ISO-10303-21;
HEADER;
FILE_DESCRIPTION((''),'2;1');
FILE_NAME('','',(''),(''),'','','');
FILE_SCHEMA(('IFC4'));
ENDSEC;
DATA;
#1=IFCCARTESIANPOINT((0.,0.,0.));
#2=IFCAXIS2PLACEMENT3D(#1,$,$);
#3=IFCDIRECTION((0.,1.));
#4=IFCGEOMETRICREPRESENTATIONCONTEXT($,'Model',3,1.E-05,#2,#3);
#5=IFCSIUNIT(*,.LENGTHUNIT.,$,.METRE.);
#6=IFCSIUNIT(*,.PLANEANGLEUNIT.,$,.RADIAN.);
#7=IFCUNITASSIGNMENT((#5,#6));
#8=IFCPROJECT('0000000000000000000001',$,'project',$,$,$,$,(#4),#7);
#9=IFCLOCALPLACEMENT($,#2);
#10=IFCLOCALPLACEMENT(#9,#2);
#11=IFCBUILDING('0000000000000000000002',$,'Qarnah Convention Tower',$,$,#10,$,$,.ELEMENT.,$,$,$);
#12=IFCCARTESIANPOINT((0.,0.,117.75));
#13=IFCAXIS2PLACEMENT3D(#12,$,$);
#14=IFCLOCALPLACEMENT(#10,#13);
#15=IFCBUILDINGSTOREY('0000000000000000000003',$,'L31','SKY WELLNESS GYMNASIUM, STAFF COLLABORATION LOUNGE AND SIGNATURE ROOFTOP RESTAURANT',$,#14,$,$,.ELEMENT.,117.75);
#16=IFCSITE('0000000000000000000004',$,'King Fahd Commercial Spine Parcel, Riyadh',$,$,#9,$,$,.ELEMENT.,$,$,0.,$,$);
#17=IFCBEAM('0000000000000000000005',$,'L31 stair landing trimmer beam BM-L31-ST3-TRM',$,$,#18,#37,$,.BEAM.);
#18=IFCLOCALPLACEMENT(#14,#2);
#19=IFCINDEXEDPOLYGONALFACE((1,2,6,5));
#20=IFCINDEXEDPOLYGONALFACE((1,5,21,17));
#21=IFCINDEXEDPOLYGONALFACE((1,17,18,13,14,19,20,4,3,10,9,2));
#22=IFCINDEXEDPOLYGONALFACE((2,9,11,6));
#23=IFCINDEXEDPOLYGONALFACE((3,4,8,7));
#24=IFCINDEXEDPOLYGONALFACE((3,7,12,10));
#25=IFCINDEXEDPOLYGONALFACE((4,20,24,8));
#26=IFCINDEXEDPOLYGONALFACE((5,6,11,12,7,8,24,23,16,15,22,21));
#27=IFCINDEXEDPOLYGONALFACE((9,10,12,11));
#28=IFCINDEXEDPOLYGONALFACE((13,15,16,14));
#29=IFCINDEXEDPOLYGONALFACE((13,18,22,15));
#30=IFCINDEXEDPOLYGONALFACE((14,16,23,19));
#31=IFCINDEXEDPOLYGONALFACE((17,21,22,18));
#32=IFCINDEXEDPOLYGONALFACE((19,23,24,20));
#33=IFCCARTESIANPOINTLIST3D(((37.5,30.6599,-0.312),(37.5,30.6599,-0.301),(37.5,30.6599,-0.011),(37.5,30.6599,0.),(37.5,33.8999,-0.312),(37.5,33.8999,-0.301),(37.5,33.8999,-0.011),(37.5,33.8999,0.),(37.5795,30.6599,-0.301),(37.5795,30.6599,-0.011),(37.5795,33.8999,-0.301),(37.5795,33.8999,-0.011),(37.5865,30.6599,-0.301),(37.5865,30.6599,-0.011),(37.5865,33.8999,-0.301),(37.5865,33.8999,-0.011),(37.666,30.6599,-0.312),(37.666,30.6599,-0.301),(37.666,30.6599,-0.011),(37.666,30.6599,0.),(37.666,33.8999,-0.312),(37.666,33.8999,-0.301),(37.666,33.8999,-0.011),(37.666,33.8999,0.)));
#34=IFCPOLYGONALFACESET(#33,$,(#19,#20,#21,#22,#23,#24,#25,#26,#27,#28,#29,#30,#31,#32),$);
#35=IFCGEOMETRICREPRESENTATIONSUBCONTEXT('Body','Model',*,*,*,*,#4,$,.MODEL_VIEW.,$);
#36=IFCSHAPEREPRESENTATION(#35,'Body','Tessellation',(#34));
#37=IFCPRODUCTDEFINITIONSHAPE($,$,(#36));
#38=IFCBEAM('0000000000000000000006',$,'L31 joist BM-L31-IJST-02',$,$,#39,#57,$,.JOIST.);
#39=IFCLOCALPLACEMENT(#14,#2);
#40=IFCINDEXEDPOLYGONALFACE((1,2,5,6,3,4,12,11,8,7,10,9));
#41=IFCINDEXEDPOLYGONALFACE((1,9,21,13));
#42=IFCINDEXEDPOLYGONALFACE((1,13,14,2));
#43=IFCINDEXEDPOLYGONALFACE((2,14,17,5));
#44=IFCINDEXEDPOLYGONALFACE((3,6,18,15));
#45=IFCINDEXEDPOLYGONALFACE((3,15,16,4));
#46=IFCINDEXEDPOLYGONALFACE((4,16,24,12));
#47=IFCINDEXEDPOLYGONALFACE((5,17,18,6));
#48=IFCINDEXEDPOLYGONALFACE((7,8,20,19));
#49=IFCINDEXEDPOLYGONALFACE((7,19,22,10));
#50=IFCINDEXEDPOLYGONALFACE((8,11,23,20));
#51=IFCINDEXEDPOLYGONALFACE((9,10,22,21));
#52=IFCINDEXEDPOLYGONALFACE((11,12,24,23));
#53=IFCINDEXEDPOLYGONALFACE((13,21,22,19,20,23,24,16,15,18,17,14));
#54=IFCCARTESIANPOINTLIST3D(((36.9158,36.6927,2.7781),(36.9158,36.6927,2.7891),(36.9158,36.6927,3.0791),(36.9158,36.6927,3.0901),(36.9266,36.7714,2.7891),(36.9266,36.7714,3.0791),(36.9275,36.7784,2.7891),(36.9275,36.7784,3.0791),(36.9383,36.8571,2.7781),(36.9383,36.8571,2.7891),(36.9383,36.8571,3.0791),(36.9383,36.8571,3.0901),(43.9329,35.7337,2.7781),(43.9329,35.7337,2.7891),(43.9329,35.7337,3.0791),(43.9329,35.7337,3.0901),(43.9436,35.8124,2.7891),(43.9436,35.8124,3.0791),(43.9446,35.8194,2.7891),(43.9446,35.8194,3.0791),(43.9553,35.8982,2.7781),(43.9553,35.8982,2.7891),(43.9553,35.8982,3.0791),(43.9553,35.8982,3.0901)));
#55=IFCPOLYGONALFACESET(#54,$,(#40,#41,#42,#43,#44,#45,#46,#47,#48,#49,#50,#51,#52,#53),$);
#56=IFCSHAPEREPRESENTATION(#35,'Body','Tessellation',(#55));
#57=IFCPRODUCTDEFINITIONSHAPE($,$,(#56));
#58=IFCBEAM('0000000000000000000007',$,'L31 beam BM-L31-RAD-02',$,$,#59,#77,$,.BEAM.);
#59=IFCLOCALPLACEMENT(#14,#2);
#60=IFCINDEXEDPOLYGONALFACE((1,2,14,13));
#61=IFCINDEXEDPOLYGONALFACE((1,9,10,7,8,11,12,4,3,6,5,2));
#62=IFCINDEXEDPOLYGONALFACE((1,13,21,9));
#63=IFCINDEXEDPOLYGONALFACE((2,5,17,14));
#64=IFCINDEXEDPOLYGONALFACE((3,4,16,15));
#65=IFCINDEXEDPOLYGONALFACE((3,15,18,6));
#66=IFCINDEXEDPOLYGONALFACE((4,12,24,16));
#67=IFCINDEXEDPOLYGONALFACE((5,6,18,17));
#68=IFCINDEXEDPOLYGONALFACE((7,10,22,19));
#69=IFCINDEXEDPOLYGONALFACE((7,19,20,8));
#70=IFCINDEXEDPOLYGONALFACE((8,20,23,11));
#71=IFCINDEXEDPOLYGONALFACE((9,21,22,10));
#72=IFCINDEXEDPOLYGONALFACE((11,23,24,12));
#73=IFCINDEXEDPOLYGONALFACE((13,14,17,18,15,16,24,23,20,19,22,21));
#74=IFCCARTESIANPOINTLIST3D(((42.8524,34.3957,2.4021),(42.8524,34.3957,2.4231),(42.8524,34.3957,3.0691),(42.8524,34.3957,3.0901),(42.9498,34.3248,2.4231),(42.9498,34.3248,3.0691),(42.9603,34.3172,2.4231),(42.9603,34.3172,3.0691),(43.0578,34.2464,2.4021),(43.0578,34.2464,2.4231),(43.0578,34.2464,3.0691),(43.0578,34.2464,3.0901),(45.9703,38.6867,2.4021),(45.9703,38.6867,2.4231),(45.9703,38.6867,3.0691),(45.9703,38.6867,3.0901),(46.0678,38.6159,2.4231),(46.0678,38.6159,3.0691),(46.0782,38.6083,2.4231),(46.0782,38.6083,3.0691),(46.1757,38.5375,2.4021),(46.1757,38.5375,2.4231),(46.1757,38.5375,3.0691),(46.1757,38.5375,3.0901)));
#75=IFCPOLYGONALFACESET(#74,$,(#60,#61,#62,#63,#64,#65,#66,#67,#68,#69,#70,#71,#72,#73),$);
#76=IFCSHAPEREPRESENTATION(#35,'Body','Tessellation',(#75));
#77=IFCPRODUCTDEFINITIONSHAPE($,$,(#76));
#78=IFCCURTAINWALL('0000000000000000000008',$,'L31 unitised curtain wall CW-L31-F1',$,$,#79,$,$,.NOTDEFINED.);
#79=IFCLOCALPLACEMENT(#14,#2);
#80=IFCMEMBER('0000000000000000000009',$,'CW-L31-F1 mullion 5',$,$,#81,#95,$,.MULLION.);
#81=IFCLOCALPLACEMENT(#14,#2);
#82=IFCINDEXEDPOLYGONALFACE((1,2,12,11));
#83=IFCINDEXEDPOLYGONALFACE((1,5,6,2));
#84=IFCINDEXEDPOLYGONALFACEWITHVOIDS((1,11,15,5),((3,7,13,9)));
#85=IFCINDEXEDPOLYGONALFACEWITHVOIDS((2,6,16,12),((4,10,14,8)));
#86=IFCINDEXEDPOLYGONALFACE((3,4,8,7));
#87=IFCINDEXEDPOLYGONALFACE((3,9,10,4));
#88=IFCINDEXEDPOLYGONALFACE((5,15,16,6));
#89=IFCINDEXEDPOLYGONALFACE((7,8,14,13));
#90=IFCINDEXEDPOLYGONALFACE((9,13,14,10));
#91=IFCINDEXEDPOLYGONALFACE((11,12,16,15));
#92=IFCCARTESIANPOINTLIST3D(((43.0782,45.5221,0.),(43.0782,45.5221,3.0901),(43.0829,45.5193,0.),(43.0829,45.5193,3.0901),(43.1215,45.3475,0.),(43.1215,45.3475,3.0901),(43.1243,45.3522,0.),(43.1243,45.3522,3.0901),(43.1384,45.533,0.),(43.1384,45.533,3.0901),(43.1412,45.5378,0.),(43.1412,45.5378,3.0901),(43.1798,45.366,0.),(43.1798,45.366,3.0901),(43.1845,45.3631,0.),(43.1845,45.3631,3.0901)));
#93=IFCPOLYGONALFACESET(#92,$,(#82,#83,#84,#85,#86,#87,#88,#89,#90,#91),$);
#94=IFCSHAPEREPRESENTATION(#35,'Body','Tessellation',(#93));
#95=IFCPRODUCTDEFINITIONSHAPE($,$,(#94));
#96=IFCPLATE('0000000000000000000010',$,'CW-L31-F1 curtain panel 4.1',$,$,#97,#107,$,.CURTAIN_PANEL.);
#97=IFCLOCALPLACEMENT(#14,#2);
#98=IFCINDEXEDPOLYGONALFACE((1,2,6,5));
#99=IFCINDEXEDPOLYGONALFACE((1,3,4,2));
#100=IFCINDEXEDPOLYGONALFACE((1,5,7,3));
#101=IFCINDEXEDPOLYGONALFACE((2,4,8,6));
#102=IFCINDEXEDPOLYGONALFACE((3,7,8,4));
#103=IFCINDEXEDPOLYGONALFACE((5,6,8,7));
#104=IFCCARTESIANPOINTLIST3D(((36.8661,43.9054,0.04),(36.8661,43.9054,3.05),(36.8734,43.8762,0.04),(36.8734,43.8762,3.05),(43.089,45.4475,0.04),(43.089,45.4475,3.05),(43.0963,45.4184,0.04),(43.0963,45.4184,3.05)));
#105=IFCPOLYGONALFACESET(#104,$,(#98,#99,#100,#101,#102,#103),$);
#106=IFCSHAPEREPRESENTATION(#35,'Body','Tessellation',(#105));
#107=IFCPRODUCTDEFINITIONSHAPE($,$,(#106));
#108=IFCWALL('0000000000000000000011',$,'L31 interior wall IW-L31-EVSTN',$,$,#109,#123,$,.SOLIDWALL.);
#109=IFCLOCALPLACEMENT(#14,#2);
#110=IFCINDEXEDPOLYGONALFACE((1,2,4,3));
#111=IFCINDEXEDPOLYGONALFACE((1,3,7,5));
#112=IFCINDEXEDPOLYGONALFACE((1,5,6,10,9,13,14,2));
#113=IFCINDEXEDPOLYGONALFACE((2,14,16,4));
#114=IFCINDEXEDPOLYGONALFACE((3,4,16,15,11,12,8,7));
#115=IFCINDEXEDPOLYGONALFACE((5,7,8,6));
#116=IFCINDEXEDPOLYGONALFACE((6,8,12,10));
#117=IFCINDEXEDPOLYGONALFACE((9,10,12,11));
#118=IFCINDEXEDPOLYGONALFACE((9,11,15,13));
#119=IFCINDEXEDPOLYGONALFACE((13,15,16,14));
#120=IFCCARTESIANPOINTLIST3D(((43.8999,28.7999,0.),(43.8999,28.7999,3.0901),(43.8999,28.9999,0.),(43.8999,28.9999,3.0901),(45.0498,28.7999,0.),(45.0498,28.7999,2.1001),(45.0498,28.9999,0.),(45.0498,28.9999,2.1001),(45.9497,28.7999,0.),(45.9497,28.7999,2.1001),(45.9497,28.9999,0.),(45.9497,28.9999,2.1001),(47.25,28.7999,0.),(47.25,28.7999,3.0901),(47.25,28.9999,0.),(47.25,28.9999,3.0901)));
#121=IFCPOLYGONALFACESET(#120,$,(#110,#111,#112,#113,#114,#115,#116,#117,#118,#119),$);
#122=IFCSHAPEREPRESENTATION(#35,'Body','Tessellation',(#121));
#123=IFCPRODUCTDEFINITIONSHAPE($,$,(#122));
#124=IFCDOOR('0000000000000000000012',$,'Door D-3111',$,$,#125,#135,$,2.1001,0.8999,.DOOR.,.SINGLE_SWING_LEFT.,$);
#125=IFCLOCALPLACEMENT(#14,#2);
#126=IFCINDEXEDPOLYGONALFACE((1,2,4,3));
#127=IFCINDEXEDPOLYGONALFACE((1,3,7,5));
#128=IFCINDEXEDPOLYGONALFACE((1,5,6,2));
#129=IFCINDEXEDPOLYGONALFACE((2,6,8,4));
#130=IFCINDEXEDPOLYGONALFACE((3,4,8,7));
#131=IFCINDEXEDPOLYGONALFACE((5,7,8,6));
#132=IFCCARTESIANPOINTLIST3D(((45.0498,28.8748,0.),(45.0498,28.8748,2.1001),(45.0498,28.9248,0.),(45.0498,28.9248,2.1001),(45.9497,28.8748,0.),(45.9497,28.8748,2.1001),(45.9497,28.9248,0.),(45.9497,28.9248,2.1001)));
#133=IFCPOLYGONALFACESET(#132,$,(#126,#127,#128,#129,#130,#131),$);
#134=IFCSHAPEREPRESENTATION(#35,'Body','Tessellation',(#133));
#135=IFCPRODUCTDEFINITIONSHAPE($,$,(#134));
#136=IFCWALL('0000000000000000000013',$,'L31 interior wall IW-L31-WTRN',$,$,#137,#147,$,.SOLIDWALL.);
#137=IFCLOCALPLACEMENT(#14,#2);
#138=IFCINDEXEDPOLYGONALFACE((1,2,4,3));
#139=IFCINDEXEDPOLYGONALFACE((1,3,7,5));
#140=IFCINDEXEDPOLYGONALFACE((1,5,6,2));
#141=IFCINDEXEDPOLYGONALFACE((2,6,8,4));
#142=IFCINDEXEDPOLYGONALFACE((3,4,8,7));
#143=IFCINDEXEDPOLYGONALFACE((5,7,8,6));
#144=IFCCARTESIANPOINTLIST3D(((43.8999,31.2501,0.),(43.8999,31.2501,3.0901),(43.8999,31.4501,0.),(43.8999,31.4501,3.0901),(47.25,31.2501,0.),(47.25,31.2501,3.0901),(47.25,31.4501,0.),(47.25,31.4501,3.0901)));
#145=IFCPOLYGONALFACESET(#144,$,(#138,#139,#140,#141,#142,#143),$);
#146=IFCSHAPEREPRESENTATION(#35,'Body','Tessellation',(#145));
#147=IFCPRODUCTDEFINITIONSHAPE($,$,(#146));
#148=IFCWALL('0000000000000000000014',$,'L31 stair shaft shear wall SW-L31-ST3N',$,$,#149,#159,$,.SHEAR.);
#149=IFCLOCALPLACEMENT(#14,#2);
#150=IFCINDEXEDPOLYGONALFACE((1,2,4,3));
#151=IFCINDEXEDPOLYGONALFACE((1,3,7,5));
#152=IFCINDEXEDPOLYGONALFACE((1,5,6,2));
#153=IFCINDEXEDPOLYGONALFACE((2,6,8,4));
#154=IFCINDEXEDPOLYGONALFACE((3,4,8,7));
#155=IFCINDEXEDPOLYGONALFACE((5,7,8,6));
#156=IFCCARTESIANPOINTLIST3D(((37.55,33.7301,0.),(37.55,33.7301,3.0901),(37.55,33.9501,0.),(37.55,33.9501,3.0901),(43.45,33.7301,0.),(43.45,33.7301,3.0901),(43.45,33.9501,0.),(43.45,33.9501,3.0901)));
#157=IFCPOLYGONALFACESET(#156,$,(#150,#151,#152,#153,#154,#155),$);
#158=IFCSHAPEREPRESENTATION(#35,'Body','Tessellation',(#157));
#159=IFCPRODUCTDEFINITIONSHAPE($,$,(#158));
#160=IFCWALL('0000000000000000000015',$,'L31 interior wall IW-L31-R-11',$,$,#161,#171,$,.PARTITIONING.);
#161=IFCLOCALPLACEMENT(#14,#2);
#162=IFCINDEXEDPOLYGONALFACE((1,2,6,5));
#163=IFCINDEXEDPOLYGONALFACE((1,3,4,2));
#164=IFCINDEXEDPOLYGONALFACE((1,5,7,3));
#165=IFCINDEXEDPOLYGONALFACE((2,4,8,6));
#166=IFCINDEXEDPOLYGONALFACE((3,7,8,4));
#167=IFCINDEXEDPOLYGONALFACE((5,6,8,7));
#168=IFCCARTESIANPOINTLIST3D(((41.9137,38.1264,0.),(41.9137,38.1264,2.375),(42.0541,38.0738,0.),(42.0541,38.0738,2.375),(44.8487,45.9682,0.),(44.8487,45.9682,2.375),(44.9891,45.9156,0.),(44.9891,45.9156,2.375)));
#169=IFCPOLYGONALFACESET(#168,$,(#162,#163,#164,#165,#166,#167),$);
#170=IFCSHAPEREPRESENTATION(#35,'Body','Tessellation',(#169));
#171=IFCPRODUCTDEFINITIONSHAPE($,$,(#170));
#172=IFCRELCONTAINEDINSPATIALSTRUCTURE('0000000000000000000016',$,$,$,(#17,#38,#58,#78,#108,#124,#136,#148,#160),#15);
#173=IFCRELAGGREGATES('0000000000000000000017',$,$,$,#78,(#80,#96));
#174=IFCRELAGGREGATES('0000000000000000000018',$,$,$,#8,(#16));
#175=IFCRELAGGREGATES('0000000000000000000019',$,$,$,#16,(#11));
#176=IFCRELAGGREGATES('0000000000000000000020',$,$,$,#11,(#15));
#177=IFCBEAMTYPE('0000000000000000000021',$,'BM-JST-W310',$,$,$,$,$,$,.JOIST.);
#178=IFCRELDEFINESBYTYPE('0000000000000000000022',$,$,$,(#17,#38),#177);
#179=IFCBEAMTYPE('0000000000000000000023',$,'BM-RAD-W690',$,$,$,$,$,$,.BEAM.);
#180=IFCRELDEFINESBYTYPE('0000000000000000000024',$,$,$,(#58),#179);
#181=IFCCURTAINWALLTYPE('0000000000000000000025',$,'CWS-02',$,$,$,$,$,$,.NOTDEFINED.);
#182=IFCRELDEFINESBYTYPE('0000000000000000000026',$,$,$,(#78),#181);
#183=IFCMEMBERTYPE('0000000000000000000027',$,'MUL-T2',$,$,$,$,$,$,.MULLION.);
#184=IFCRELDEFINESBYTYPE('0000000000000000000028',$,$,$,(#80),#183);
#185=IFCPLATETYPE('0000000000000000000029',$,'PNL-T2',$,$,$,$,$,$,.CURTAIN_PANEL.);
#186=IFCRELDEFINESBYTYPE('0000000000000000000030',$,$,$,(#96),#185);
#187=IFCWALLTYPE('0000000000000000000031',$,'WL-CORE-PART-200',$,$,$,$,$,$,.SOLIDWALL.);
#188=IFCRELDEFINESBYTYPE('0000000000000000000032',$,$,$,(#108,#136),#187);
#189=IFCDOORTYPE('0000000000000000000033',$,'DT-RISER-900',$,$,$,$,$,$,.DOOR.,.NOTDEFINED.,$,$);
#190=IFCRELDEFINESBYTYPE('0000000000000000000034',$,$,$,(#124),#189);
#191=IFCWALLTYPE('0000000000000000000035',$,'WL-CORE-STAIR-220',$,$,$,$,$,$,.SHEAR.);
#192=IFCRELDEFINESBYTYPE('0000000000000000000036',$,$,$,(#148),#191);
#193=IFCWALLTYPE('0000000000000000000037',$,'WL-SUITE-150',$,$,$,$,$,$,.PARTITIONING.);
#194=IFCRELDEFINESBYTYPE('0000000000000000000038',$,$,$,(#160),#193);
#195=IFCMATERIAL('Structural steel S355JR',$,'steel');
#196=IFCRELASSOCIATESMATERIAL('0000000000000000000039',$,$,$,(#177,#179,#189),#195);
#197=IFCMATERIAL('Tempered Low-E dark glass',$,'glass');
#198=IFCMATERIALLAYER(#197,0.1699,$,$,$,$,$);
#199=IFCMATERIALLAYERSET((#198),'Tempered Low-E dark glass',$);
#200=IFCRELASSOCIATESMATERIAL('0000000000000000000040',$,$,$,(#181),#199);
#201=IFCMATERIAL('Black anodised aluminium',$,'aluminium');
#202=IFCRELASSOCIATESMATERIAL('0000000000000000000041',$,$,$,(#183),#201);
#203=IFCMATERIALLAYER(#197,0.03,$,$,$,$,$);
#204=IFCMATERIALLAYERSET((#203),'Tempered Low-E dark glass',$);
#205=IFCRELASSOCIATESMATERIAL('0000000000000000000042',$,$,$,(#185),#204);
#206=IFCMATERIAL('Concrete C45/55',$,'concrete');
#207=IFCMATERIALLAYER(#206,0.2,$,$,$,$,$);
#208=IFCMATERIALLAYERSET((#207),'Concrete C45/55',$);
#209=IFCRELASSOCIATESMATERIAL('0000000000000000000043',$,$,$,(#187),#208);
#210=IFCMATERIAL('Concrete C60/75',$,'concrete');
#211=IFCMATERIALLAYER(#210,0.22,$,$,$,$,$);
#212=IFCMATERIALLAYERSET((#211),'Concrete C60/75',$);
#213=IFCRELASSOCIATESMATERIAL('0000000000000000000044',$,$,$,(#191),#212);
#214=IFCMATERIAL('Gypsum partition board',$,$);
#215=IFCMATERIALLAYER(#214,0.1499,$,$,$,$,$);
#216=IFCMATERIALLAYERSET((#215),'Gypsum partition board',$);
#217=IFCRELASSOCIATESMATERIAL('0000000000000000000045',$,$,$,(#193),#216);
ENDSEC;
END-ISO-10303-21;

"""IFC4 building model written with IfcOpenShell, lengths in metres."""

from ifc_helpers import new_model, si_unit, direction, frame, frame_2d, origin, origin_2d, place, context, subcontext, project, spatial, rectangle, hollow_rectangle, i_section, extrude, material, layer, layer_set, material_profile, profile_set, type_object, element, fill, aggregate, save


model = new_model("IFC4")

# Units and contexts
model_context = context("Model", 3, precision=1e-05, world=origin(), true_north=direction((0.0, 1.0)))
body_context = subcontext(model_context, "Body", "Model", "MODEL_VIEW")
ifc_project = project(units=[si_unit("LENGTHUNIT", "METRE"), si_unit("PLANEANGLEUNIT", "RADIAN")], contexts=[model_context])

# Site, building, storey
site_placement = place(None, origin())
site = spatial("IfcSite", under=ifc_project, at=site_placement, Name="King Fahd Commercial Spine Parcel, Riyadh", CompositionType="ELEMENT", RefElevation=0.0)
building_placement = place(site_placement, origin())
building = spatial("IfcBuilding", under=site, at=building_placement, Name="Qarnah Convention Tower", CompositionType="ELEMENT")
storey_placement = place(building_placement, frame((0.0, 0.0, 117.75)))
storey = spatial("IfcBuildingStorey", under=building, at=storey_placement, Name="L31", Description="SKY WELLNESS GYMNASIUM, STAFF COLLABORATION LOUNGE AND SIGNATURE ROOFTOP RESTAURANT", CompositionType="ELEMENT", Elevation=117.75)

# Beams
ifc_material_1 = material(Name="Structural steel S355JR", Category="steel")
ifc_material_profile_1 = material_profile(ifc_material_1, i_section(OverallWidth=0.166, OverallDepth=0.312, WebThickness=0.0071, FlangeThickness=0.011, at=origin_2d()), Name="W310X45")
ifc_profile_set_1 = profile_set([ifc_material_profile_1], Name="Structural steel S355JR")
beam_type_1 = type_object("IfcBeamType", Name="BM-JST-W310", PredefinedType="JOIST", material=ifc_profile_set_1)
beam_1_placement = place(storey_placement, frame((37.583, 30.6599, -0.156), z_axis=(0.0, 1.0, 0.0), x_axis=(-1.0, 0.0, 0.0)))
element("IfcBeam", 1, at=beam_1_placement, inside=storey, type_object=beam_type_1, Name="L31 stair landing trimmer beam BM-L31-ST3-TRM", PredefinedType="BEAM", context=body_context, shape_type="SweptSolid", body=[
    extrude(i_section(OverallWidth=0.166, OverallDepth=0.312, WebThickness=0.0071, FlangeThickness=0.011, at=origin_2d()), origin(), (0.0, 0.0, 1.0), 3.24),
])
beam_2_placement = place(storey_placement, frame((43.9441, 35.8159, 2.9341), z_axis=(-0.99079, 0.135405, 0.0), x_axis=(-0.135405, -0.99079, 0.0)))
element("IfcBeam", 2, at=beam_2_placement, inside=storey, type_object=beam_type_1, Name="L31 joist BM-L31-IJST-02", PredefinedType="JOIST", context=body_context, shape_type="SweptSolid", body=[
    extrude(i_section(OverallWidth=0.166, OverallDepth=0.312, WebThickness=0.0071, FlangeThickness=0.011, at=origin_2d()), origin(), (0.0, 0.0, 1.0), 7.0823),
])
ifc_material_profile_2 = material_profile(ifc_material_1, i_section(OverallWidth=0.2539, OverallDepth=0.688, WebThickness=0.0129, FlangeThickness=0.021, at=origin_2d()), Name="W690X152")
ifc_profile_set_2 = profile_set([ifc_material_profile_2], Name="Structural steel S355JR")
beam_type_2 = type_object("IfcBeamType", Name="BM-RAD-W690", PredefinedType="BEAM", material=ifc_profile_set_2)
beam_3_placement = place(storey_placement, frame((42.9551, 34.321, 2.7461), z_axis=(0.587824, 0.808989, 0.0), x_axis=(-0.808989, 0.587824, 0.0)))
element("IfcBeam", 3, at=beam_3_placement, inside=storey, type_object=beam_type_2, Name="L31 beam BM-L31-RAD-02", PredefinedType="BEAM", context=body_context, shape_type="SweptSolid", body=[
    extrude(i_section(OverallWidth=0.2539, OverallDepth=0.688, WebThickness=0.0129, FlangeThickness=0.021, at=origin_2d()), origin(), (0.0, 0.0, 1.0), 5.3042),
])

# Curtain wall, member, plate
ifc_material_2 = material(Name="Tempered Low-E dark glass", Category="glass")
ifc_layer_1 = layer(ifc_material_2, 0.1699)
ifc_layer_set_1 = layer_set([ifc_layer_1], Name="Tempered Low-E dark glass")
curtain_wall_type = type_object("IfcCurtainWallType", Name="CWS-02", PredefinedType="NOTDEFINED", material=ifc_layer_set_1)
curtain_wall_placement = place(storey_placement, origin())
curtain_wall = element("IfcCurtainWall", 4, at=curtain_wall_placement, inside=storey, type_object=curtain_wall_type, Name="L31 unitised curtain wall CW-L31-F1", PredefinedType="NOTDEFINED")
ifc_material_3 = material(Name="Black anodised aluminium", Category="aluminium")
ifc_material_profile_3 = material_profile(ifc_material_3, hollow_rectangle(XDim=0.0649, YDim=0.1799, WallThickness=0.0039, at=origin_2d()), Name="MUL-65X180")
ifc_profile_set_3 = profile_set([ifc_material_profile_3], Name="Black anodised aluminium")
member_type = type_object("IfcMemberType", Name="MUL-T2", PredefinedType="MULLION", material=ifc_profile_set_3)
member_placement = place(storey_placement, frame((43.1313, 45.4426, 0.0), z_axis=(0.0, 0.0, 1.0), x_axis=(0.970639, 0.240541, 0.0)))
member = element("IfcMember", 5, at=member_placement, type_object=member_type, Name="CW-L31-F1 mullion 5", PredefinedType="MULLION", context=body_context, shape_type="SweptSolid", body=[
    extrude(hollow_rectangle(XDim=0.0649, YDim=0.1799, WallThickness=0.0039, at=origin_2d()), origin(), (0.0, 0.0, 1.0), 3.0901),
])
ifc_layer_2 = layer(ifc_material_2, 0.03)
ifc_layer_set_2 = layer_set([ifc_layer_2], Name="Tempered Low-E dark glass")
plate_type = type_object("IfcPlateType", Name="PNL-T2", PredefinedType="CURTAIN_PANEL", material=ifc_layer_set_2)
plate_placement = place(storey_placement, frame((39.9812, 44.6619, 0.04), z_axis=(0.0, 0.0, 1.0), x_axis=(0.970639, 0.240541, 0.0)))
plate = element("IfcPlate", 6, at=plate_placement, type_object=plate_type, Name="CW-L31-F1 curtain panel 4.1", PredefinedType="CURTAIN_PANEL", context=body_context, shape_type="SweptSolid", body=[
    extrude(rectangle(XDim=6.4111, YDim=0.03, at=origin_2d()), origin(), (0.0, 0.0, 1.0), 3.01),
])
aggregate(curtain_wall, [member, plate])

# Wall, opening, door
ifc_material_4 = material(Name="Concrete C45/55", Category="concrete")
ifc_layer_3 = layer(ifc_material_4, 0.2)
ifc_layer_set_3 = layer_set([ifc_layer_3], Name="Concrete C45/55")
wall_type_1 = type_object("IfcWallType", Name="WL-CORE-PART-200", PredefinedType="SOLIDWALL", material=ifc_layer_set_3)
wall_1_placement = place(storey_placement, frame((43.8999, 28.8999, 0.0), z_axis=(0.0, 0.0, 1.0), x_axis=(1.0, 0.0, 0.0)))
wall_1 = element("IfcWall", 7, at=wall_1_placement, inside=storey, type_object=wall_type_1, Name="L31 interior wall IW-L31-EVSTN", PredefinedType="SOLIDWALL", context=body_context, shape_type="SweptSolid", body=[
    extrude(rectangle(XDim=3.3501, YDim=0.2, at=frame_2d((1.675, 0.0))), origin(), (0.0, 0.0, 1.0), 3.0901),
])
opening_1_placement = place(wall_1_placement, frame((1.1499, 0.0, 0.0)))
opening_1 = element("IfcOpeningElement", 8, at=opening_1_placement, cuts=wall_1, PredefinedType="OPENING", context=body_context, shape_type="SweptSolid", body=[
    extrude(rectangle(XDim=0.8999, YDim=2.1001, at=frame_2d((0.45, 1.05))), frame((0.0, 0.1099, 0.0), z_axis=(0.0, -1.0, 0.0), x_axis=(1.0, 0.0, 0.0)), (0.0, 0.0, 1.0), 0.22),
])
door_type_1 = type_object("IfcDoorType", Name="DT-RISER-900", OperationType="NOTDEFINED", PredefinedType="DOOR", material=ifc_material_1)
door_1_placement = place(opening_1_placement, origin())
door_1 = element("IfcDoor", 9, at=door_1_placement, inside=storey, type_object=door_type_1, Name="Door D-3111", OperationType="SINGLE_SWING_LEFT", OverallHeight=2.1001, OverallWidth=0.8999, PredefinedType="DOOR", context=body_context, shape_type="SweptSolid", body=[
    extrude(rectangle(XDim=0.8999, YDim=2.1001, at=frame_2d((0.45, 1.05))), frame((0.0, 0.0249, 0.0), z_axis=(0.0, -1.0, 0.0), x_axis=(1.0, 0.0, 0.0)), (0.0, 0.0, 1.0), 0.05),
])
fill(opening_1, door_1)

# Walls
wall_2_placement = place(storey_placement, frame((43.8999, 31.3501, 0.0), z_axis=(0.0, 0.0, 1.0), x_axis=(1.0, 0.0, 0.0)))
element("IfcWall", 10, at=wall_2_placement, inside=storey, type_object=wall_type_1, Name="L31 interior wall IW-L31-WTRN", PredefinedType="SOLIDWALL", context=body_context, shape_type="SweptSolid", body=[
    extrude(rectangle(XDim=3.3501, YDim=0.2, at=frame_2d((1.675, 0.0))), origin(), (0.0, 0.0, 1.0), 3.0901),
])
ifc_material_5 = material(Name="Concrete C60/75", Category="concrete")
ifc_layer_4 = layer(ifc_material_5, 0.22)
ifc_layer_set_4 = layer_set([ifc_layer_4], Name="Concrete C60/75")
wall_type_2 = type_object("IfcWallType", Name="WL-CORE-STAIR-220", PredefinedType="SHEAR", material=ifc_layer_set_4)
wall_3_placement = place(storey_placement, frame((37.55, 33.8401, 0.0), z_axis=(0.0, 0.0, 1.0), x_axis=(1.0, 0.0, 0.0)))
element("IfcWall", 11, at=wall_3_placement, inside=storey, type_object=wall_type_2, Name="L31 stair shaft shear wall SW-L31-ST3N", PredefinedType="SHEAR", context=body_context, shape_type="SweptSolid", body=[
    extrude(rectangle(XDim=5.8999, YDim=0.22, at=frame_2d((2.95, 0.0))), origin(), (0.0, 0.0, 1.0), 3.0901),
])
ifc_material_6 = material(Name="Gypsum partition board")
ifc_layer_5 = layer(ifc_material_6, 0.1499)
ifc_layer_set_5 = layer_set([ifc_layer_5], Name="Gypsum partition board")
wall_type_3 = type_object("IfcWallType", Name="WL-SUITE-150", PredefinedType="PARTITIONING", material=ifc_layer_set_5)
wall_4_placement = place(storey_placement, frame((44.9189, 45.9419, 0.0), z_axis=(0.0, 0.0, 1.0), x_axis=(-0.350535, -0.936549, 0.0)))
element("IfcWall", 12, at=wall_4_placement, inside=storey, type_object=wall_type_3, Name="L31 interior wall IW-L31-R-11", PredefinedType="PARTITIONING", context=body_context, shape_type="SweptSolid", body=[
    extrude(rectangle(XDim=8.373, YDim=0.1499, at=frame_2d((4.1865, 0.0))), origin(), (0.0, 0.0, 1.0), 2.375),
])

save(model, "model.ifc")
